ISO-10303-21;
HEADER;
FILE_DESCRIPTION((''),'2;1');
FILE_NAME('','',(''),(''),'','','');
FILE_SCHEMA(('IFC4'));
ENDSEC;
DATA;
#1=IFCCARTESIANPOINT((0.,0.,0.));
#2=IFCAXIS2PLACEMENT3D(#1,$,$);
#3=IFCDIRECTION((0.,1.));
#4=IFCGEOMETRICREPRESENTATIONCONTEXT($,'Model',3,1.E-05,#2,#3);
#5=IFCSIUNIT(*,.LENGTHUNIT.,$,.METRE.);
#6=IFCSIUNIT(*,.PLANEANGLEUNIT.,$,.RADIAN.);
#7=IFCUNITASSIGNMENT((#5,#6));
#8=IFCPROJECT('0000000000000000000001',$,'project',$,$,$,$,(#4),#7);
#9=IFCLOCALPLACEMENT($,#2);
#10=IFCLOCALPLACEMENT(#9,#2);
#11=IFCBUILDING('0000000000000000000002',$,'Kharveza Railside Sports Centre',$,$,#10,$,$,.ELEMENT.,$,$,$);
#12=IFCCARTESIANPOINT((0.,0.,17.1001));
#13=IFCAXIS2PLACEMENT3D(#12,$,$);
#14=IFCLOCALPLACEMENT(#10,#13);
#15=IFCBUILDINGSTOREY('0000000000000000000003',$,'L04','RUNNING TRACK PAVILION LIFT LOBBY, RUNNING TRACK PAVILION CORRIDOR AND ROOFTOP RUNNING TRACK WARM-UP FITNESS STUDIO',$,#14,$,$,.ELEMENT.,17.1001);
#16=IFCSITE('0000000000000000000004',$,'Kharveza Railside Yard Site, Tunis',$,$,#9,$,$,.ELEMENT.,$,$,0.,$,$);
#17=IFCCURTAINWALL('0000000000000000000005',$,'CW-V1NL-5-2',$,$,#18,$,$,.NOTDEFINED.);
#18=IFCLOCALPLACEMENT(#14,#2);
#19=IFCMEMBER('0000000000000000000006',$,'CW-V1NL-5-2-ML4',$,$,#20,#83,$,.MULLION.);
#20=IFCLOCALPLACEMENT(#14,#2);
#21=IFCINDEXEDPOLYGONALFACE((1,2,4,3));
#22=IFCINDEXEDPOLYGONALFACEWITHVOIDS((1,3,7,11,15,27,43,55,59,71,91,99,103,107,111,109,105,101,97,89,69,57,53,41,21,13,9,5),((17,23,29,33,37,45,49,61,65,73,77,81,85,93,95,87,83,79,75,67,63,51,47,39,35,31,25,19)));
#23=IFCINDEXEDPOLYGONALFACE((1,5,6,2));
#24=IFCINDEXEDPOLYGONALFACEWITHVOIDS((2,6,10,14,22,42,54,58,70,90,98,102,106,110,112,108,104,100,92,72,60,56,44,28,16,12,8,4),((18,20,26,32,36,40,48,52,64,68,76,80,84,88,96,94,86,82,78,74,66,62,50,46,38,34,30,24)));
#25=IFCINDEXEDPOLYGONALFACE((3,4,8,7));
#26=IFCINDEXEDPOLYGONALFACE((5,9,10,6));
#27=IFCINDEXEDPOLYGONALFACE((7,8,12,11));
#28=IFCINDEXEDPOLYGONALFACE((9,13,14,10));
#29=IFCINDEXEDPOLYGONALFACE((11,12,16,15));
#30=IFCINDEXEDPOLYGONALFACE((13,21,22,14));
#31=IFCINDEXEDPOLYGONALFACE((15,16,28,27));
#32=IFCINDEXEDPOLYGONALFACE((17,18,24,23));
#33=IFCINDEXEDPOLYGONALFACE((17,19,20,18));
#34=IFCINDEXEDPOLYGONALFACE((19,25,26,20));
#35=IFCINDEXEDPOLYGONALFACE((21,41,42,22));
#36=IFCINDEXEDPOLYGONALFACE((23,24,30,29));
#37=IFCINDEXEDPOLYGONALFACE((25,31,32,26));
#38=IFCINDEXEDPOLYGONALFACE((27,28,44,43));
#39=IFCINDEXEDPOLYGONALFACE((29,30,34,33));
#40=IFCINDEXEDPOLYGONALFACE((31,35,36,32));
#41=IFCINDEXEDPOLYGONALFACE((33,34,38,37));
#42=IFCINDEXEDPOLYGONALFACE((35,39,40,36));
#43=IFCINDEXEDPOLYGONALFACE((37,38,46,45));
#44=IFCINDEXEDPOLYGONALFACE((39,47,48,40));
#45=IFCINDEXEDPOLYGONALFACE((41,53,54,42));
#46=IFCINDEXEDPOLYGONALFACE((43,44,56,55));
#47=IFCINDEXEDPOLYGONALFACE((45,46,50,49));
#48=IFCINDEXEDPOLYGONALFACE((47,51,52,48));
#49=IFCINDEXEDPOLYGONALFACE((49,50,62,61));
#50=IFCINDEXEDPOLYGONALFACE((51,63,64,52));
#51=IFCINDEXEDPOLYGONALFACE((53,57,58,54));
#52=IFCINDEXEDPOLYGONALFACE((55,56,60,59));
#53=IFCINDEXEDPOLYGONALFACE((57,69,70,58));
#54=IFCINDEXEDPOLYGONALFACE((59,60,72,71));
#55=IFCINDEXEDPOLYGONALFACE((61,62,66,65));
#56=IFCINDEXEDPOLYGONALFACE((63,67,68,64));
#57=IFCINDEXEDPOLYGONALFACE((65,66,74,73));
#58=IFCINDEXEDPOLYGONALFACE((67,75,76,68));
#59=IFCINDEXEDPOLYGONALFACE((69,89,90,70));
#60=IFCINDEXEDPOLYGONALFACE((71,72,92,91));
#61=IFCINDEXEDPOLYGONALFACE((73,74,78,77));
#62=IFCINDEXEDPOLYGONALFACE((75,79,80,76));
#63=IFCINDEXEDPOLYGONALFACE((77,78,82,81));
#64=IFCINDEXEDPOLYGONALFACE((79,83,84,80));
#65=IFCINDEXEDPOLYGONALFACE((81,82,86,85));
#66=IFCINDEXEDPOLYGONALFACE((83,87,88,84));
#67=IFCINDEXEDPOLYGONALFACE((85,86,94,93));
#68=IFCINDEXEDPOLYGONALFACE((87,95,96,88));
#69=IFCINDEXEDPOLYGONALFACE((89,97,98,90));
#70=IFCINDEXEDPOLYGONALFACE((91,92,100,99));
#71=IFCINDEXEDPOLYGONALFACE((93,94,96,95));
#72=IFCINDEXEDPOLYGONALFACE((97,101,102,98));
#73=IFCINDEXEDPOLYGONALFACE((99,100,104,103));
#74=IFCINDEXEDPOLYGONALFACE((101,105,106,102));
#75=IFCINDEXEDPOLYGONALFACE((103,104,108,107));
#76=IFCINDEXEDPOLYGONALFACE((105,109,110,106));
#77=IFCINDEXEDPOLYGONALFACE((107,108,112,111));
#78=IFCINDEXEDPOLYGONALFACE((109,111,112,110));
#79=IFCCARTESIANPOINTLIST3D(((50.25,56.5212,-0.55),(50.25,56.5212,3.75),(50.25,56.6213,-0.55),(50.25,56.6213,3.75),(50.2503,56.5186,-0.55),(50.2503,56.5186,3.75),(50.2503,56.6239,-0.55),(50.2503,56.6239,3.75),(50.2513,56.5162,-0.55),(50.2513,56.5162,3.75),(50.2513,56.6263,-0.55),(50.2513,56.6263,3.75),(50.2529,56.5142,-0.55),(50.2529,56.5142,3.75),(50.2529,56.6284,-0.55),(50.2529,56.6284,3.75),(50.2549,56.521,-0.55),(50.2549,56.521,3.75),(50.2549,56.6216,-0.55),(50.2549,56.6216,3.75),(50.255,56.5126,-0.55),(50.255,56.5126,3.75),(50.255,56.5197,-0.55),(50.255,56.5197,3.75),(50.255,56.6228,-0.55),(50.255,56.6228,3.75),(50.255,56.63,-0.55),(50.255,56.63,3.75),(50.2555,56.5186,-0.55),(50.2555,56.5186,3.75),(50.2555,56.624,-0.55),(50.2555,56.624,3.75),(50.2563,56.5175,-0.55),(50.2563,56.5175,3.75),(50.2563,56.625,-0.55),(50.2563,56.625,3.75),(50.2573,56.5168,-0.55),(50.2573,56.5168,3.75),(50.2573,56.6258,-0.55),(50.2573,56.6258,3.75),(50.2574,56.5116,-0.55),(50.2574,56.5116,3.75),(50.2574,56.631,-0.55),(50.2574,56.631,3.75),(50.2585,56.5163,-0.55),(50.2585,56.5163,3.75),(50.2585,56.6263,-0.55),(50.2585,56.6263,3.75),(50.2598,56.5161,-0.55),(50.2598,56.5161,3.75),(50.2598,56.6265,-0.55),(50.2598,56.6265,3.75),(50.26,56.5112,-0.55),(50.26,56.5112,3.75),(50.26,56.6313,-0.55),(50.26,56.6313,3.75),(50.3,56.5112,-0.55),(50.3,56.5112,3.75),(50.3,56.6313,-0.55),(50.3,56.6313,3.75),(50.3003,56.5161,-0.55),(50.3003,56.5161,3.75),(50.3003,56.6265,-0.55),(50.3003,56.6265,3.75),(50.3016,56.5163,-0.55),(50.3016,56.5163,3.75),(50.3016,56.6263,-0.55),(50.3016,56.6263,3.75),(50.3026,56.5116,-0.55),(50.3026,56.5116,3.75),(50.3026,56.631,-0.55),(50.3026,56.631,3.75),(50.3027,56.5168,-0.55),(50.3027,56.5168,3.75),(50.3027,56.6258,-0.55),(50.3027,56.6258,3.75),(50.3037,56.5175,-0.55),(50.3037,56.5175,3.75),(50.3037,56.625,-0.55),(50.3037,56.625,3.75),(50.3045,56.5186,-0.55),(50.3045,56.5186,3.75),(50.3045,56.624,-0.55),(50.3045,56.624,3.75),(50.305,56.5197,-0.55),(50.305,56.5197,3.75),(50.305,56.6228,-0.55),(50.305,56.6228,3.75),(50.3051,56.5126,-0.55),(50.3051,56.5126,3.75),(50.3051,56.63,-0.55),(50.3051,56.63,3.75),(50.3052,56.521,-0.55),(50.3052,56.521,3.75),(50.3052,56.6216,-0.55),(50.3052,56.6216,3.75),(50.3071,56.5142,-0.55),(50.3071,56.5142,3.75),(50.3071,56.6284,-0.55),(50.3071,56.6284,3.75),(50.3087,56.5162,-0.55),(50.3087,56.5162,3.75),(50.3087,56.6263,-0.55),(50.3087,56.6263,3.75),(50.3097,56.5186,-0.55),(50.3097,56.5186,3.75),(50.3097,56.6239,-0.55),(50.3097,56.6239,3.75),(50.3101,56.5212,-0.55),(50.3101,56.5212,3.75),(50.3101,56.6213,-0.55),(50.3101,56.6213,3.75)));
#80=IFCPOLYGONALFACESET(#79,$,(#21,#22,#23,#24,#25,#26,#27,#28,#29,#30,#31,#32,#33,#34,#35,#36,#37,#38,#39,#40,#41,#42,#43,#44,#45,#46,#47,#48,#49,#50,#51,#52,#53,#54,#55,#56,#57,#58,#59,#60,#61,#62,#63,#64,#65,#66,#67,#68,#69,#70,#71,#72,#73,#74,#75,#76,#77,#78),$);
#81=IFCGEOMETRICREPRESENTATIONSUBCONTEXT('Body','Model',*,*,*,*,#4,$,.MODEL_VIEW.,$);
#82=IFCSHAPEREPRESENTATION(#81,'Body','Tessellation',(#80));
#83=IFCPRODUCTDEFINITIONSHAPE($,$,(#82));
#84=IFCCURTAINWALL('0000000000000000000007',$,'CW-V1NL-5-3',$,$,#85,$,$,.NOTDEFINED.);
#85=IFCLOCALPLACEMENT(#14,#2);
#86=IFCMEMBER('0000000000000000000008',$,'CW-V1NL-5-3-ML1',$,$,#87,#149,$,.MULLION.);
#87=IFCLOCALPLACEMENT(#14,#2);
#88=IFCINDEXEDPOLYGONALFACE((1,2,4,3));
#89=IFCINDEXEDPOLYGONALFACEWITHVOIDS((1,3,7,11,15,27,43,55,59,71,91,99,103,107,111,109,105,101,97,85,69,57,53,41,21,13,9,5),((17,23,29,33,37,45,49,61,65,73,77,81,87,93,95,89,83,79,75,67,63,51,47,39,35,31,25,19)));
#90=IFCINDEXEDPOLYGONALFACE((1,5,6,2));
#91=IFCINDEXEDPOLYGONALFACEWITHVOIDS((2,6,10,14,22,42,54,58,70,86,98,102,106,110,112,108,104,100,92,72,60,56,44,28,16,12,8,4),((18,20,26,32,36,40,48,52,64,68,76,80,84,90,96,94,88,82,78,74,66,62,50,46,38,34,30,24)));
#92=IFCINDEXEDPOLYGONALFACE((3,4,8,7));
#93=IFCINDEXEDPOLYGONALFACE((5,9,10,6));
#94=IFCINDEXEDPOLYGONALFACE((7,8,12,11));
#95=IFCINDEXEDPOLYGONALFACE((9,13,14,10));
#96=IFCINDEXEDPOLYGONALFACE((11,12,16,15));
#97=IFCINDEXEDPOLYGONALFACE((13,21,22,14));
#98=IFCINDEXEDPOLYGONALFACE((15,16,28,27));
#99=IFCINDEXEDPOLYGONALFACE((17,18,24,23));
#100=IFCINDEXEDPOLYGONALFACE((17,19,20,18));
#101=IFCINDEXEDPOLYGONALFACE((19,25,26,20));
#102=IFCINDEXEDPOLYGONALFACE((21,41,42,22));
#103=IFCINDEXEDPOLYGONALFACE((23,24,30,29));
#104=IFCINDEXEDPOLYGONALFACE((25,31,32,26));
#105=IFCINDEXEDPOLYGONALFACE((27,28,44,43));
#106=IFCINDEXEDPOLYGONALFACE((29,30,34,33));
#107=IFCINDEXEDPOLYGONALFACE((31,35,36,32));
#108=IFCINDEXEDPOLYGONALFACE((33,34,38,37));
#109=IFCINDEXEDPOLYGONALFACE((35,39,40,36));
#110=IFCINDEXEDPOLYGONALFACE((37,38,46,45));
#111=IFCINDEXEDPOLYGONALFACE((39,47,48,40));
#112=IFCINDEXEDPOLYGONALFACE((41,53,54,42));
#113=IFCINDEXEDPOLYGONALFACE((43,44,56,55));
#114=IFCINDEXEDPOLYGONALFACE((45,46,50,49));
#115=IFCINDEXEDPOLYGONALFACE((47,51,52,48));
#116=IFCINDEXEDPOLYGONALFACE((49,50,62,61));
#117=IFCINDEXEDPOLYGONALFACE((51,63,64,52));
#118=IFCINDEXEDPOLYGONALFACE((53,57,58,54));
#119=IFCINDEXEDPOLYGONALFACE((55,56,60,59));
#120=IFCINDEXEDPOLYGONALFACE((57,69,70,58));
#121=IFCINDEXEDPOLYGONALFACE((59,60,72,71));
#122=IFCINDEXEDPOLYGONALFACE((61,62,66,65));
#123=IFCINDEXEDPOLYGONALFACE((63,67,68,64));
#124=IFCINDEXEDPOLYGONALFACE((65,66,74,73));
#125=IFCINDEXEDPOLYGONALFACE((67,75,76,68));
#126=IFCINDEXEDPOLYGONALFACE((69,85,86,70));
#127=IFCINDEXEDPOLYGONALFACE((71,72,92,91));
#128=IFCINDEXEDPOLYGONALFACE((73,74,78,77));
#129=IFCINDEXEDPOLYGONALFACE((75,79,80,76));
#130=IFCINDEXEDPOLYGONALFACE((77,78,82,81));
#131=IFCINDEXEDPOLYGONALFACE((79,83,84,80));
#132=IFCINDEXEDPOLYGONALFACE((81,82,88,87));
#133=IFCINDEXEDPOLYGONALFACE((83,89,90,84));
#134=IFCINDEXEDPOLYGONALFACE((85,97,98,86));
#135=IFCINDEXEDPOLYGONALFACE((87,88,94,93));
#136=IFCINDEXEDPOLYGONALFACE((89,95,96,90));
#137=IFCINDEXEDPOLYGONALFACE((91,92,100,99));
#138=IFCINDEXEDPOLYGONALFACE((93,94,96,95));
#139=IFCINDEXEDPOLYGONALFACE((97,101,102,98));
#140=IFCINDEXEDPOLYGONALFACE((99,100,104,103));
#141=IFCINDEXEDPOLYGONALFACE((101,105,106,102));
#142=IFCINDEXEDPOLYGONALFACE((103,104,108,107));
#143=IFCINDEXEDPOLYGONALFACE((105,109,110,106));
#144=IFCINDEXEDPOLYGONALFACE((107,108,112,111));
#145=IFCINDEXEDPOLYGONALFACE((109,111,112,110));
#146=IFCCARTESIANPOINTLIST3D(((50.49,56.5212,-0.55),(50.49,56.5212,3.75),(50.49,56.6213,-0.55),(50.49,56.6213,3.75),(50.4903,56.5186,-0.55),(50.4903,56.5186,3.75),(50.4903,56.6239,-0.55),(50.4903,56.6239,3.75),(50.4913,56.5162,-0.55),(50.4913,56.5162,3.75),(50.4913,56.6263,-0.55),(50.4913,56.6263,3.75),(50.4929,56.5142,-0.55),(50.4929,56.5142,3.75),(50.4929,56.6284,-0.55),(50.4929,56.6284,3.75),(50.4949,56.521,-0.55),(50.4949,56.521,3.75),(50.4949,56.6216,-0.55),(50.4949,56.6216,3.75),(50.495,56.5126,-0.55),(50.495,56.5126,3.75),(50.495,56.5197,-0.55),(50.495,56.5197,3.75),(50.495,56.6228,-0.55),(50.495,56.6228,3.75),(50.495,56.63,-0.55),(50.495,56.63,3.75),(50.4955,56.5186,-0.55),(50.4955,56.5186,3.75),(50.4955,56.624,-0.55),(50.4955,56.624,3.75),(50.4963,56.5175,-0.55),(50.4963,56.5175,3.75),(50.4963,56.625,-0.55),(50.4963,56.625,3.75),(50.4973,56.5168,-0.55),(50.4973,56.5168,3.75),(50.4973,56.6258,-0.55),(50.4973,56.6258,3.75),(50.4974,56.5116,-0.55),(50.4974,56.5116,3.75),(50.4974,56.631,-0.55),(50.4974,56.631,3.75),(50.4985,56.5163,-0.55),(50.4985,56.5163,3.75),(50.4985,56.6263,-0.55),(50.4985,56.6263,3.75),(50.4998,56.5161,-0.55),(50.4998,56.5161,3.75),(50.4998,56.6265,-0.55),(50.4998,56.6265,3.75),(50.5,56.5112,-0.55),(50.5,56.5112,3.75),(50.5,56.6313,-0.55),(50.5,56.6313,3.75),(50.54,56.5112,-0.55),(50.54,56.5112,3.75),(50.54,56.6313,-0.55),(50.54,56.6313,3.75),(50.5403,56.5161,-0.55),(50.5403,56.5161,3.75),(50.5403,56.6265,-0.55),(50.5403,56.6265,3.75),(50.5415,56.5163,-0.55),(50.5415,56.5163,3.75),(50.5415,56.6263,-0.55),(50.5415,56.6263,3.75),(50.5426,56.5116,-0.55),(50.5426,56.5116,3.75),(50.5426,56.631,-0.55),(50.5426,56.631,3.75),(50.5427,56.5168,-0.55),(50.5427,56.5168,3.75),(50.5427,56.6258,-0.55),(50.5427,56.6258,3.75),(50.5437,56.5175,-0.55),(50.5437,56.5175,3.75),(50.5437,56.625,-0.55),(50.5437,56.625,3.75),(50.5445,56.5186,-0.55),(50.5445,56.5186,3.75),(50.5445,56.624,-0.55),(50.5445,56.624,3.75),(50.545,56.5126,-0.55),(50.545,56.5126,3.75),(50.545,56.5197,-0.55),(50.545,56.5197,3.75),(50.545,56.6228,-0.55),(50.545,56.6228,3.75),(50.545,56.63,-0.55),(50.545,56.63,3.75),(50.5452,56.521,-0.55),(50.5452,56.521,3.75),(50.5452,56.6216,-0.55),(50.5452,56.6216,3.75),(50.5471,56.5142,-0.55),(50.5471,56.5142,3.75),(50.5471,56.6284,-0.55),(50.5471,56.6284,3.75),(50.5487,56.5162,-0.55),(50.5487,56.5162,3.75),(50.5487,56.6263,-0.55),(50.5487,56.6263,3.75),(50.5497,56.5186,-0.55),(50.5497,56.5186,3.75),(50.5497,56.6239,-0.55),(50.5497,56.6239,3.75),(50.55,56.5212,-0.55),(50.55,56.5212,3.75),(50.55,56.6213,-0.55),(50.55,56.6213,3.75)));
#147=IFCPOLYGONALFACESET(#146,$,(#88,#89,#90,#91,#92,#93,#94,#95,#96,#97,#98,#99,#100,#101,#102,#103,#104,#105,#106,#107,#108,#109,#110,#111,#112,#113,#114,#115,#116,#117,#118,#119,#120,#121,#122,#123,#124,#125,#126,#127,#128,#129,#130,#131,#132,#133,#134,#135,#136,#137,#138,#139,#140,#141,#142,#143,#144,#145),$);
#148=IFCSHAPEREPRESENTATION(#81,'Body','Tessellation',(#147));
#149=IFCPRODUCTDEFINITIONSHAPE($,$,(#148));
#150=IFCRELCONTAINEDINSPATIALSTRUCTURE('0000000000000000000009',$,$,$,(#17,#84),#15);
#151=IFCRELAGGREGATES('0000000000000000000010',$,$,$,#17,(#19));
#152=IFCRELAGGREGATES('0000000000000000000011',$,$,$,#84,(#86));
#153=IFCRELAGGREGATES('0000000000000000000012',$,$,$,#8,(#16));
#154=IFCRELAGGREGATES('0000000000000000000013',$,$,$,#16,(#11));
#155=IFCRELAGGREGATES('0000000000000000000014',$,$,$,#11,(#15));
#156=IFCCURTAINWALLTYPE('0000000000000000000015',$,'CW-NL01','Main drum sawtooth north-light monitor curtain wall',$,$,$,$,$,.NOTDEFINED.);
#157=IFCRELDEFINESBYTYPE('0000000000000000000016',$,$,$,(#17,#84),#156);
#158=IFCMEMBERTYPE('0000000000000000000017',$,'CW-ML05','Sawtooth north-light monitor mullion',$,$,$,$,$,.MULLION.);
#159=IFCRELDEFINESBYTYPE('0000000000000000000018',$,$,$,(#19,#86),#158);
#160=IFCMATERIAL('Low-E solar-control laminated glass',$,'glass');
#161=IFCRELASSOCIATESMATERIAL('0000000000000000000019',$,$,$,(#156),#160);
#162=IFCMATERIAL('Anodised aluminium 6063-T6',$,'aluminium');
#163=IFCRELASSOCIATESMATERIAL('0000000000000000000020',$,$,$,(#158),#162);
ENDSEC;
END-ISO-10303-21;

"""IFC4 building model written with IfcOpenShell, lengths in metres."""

from ifc_helpers import new_model, si_unit, direction, frame, origin, origin_2d, place, context, subcontext, project, spatial, hollow_rectangle, extrude, material, material_profile, profile_set, type_object, element, aggregate, save


model = new_model("IFC4")

# Units and contexts
model_context = context("Model", 3, precision=1e-05, world=origin(), true_north=direction((0.0, 1.0)))
body_context = subcontext(model_context, "Body", "Model", "MODEL_VIEW")
ifc_project = project(units=[si_unit("LENGTHUNIT", "METRE"), si_unit("PLANEANGLEUNIT", "RADIAN")], contexts=[model_context])

# Site, building, storey
site_placement = place(None, origin())
site = spatial("IfcSite", under=ifc_project, at=site_placement, Name="Kharveza Railside Yard Site, Tunis", CompositionType="ELEMENT", RefElevation=0.0)
building_placement = place(site_placement, origin())
building = spatial("IfcBuilding", under=site, at=building_placement, Name="Kharveza Railside Sports Centre", CompositionType="ELEMENT")
storey_placement = place(building_placement, frame((0.0, 0.0, 17.1001)))
storey = spatial("IfcBuildingStorey", under=building, at=storey_placement, Name="L04", Description="RUNNING TRACK PAVILION LIFT LOBBY, RUNNING TRACK PAVILION CORRIDOR AND ROOFTOP RUNNING TRACK WARM-UP FITNESS STUDIO", CompositionType="ELEMENT", Elevation=17.1001)

# Curtain wall, member
ifc_material_1 = material(Name="Low-E solar-control laminated glass", Category="glass")
curtain_wall_type = type_object("IfcCurtainWallType", Name="CW-NL01", Description="Main drum sawtooth north-light monitor curtain wall", PredefinedType="NOTDEFINED", material=ifc_material_1)
curtain_wall_1_placement = place(storey_placement, origin())
curtain_wall_1 = element("IfcCurtainWall", 1, at=curtain_wall_1_placement, inside=storey, type_object=curtain_wall_type, Name="CW-V1NL-5-2", PredefinedType="NOTDEFINED")
ifc_material_2 = material(Name="Anodised aluminium 6063-T6", Category="aluminium")
ifc_material_profile_1 = material_profile(ifc_material_2, hollow_rectangle(XDim=0.0601, YDim=0.1201, WallThickness=0.0049, InnerFilletRadius=0.0049, OuterFilletRadius=0.01, at=origin_2d()), Name="RHS 60x120x5.0")
ifc_profile_set_1 = profile_set([ifc_material_profile_1], Name="Anodised aluminium 6063-T6")
member_type_1 = type_object("IfcMemberType", Name="CW-ML05", Description="Sawtooth north-light monitor mullion", PredefinedType="MULLION", material=ifc_profile_set_1)
member_1_placement = place(storey_placement, frame((50.28, 56.5713, -0.55), z_axis=(0.0, 0.0, 1.0), x_axis=(1.0, 0.0, 0.0)))
member_1 = element("IfcMember", 2, at=member_1_placement, type_object=member_type_1, Name="CW-V1NL-5-2-ML4", PredefinedType="MULLION", context=body_context, shape_type="SweptSolid", body=[
    extrude(hollow_rectangle(XDim=0.0601, YDim=0.1201, WallThickness=0.0049, InnerFilletRadius=0.0049, OuterFilletRadius=0.01, at=origin_2d()), origin(), (0.0, 0.0, 1.0), 4.3),
])
aggregate(curtain_wall_1, [member_1])

# Curtain wall, member
curtain_wall_2_placement = place(storey_placement, origin())
curtain_wall_2 = element("IfcCurtainWall", 3, at=curtain_wall_2_placement, inside=storey, type_object=curtain_wall_type, Name="CW-V1NL-5-3", PredefinedType="NOTDEFINED")
member_2_placement = place(storey_placement, frame((50.52, 56.5713, -0.55), z_axis=(0.0, 0.0, 1.0), x_axis=(1.0, 0.0, 0.0)))
member_2 = element("IfcMember", 4, at=member_2_placement, type_object=member_type_1, Name="CW-V1NL-5-3-ML1", PredefinedType="MULLION", context=body_context, shape_type="SweptSolid", body=[
    extrude(hollow_rectangle(XDim=0.0601, YDim=0.1201, WallThickness=0.0049, InnerFilletRadius=0.0049, OuterFilletRadius=0.01, at=origin_2d()), origin(), (0.0, 0.0, 1.0), 4.3),
])

aggregate(curtain_wall_2, [member_2])

save(model, "model.ifc")
